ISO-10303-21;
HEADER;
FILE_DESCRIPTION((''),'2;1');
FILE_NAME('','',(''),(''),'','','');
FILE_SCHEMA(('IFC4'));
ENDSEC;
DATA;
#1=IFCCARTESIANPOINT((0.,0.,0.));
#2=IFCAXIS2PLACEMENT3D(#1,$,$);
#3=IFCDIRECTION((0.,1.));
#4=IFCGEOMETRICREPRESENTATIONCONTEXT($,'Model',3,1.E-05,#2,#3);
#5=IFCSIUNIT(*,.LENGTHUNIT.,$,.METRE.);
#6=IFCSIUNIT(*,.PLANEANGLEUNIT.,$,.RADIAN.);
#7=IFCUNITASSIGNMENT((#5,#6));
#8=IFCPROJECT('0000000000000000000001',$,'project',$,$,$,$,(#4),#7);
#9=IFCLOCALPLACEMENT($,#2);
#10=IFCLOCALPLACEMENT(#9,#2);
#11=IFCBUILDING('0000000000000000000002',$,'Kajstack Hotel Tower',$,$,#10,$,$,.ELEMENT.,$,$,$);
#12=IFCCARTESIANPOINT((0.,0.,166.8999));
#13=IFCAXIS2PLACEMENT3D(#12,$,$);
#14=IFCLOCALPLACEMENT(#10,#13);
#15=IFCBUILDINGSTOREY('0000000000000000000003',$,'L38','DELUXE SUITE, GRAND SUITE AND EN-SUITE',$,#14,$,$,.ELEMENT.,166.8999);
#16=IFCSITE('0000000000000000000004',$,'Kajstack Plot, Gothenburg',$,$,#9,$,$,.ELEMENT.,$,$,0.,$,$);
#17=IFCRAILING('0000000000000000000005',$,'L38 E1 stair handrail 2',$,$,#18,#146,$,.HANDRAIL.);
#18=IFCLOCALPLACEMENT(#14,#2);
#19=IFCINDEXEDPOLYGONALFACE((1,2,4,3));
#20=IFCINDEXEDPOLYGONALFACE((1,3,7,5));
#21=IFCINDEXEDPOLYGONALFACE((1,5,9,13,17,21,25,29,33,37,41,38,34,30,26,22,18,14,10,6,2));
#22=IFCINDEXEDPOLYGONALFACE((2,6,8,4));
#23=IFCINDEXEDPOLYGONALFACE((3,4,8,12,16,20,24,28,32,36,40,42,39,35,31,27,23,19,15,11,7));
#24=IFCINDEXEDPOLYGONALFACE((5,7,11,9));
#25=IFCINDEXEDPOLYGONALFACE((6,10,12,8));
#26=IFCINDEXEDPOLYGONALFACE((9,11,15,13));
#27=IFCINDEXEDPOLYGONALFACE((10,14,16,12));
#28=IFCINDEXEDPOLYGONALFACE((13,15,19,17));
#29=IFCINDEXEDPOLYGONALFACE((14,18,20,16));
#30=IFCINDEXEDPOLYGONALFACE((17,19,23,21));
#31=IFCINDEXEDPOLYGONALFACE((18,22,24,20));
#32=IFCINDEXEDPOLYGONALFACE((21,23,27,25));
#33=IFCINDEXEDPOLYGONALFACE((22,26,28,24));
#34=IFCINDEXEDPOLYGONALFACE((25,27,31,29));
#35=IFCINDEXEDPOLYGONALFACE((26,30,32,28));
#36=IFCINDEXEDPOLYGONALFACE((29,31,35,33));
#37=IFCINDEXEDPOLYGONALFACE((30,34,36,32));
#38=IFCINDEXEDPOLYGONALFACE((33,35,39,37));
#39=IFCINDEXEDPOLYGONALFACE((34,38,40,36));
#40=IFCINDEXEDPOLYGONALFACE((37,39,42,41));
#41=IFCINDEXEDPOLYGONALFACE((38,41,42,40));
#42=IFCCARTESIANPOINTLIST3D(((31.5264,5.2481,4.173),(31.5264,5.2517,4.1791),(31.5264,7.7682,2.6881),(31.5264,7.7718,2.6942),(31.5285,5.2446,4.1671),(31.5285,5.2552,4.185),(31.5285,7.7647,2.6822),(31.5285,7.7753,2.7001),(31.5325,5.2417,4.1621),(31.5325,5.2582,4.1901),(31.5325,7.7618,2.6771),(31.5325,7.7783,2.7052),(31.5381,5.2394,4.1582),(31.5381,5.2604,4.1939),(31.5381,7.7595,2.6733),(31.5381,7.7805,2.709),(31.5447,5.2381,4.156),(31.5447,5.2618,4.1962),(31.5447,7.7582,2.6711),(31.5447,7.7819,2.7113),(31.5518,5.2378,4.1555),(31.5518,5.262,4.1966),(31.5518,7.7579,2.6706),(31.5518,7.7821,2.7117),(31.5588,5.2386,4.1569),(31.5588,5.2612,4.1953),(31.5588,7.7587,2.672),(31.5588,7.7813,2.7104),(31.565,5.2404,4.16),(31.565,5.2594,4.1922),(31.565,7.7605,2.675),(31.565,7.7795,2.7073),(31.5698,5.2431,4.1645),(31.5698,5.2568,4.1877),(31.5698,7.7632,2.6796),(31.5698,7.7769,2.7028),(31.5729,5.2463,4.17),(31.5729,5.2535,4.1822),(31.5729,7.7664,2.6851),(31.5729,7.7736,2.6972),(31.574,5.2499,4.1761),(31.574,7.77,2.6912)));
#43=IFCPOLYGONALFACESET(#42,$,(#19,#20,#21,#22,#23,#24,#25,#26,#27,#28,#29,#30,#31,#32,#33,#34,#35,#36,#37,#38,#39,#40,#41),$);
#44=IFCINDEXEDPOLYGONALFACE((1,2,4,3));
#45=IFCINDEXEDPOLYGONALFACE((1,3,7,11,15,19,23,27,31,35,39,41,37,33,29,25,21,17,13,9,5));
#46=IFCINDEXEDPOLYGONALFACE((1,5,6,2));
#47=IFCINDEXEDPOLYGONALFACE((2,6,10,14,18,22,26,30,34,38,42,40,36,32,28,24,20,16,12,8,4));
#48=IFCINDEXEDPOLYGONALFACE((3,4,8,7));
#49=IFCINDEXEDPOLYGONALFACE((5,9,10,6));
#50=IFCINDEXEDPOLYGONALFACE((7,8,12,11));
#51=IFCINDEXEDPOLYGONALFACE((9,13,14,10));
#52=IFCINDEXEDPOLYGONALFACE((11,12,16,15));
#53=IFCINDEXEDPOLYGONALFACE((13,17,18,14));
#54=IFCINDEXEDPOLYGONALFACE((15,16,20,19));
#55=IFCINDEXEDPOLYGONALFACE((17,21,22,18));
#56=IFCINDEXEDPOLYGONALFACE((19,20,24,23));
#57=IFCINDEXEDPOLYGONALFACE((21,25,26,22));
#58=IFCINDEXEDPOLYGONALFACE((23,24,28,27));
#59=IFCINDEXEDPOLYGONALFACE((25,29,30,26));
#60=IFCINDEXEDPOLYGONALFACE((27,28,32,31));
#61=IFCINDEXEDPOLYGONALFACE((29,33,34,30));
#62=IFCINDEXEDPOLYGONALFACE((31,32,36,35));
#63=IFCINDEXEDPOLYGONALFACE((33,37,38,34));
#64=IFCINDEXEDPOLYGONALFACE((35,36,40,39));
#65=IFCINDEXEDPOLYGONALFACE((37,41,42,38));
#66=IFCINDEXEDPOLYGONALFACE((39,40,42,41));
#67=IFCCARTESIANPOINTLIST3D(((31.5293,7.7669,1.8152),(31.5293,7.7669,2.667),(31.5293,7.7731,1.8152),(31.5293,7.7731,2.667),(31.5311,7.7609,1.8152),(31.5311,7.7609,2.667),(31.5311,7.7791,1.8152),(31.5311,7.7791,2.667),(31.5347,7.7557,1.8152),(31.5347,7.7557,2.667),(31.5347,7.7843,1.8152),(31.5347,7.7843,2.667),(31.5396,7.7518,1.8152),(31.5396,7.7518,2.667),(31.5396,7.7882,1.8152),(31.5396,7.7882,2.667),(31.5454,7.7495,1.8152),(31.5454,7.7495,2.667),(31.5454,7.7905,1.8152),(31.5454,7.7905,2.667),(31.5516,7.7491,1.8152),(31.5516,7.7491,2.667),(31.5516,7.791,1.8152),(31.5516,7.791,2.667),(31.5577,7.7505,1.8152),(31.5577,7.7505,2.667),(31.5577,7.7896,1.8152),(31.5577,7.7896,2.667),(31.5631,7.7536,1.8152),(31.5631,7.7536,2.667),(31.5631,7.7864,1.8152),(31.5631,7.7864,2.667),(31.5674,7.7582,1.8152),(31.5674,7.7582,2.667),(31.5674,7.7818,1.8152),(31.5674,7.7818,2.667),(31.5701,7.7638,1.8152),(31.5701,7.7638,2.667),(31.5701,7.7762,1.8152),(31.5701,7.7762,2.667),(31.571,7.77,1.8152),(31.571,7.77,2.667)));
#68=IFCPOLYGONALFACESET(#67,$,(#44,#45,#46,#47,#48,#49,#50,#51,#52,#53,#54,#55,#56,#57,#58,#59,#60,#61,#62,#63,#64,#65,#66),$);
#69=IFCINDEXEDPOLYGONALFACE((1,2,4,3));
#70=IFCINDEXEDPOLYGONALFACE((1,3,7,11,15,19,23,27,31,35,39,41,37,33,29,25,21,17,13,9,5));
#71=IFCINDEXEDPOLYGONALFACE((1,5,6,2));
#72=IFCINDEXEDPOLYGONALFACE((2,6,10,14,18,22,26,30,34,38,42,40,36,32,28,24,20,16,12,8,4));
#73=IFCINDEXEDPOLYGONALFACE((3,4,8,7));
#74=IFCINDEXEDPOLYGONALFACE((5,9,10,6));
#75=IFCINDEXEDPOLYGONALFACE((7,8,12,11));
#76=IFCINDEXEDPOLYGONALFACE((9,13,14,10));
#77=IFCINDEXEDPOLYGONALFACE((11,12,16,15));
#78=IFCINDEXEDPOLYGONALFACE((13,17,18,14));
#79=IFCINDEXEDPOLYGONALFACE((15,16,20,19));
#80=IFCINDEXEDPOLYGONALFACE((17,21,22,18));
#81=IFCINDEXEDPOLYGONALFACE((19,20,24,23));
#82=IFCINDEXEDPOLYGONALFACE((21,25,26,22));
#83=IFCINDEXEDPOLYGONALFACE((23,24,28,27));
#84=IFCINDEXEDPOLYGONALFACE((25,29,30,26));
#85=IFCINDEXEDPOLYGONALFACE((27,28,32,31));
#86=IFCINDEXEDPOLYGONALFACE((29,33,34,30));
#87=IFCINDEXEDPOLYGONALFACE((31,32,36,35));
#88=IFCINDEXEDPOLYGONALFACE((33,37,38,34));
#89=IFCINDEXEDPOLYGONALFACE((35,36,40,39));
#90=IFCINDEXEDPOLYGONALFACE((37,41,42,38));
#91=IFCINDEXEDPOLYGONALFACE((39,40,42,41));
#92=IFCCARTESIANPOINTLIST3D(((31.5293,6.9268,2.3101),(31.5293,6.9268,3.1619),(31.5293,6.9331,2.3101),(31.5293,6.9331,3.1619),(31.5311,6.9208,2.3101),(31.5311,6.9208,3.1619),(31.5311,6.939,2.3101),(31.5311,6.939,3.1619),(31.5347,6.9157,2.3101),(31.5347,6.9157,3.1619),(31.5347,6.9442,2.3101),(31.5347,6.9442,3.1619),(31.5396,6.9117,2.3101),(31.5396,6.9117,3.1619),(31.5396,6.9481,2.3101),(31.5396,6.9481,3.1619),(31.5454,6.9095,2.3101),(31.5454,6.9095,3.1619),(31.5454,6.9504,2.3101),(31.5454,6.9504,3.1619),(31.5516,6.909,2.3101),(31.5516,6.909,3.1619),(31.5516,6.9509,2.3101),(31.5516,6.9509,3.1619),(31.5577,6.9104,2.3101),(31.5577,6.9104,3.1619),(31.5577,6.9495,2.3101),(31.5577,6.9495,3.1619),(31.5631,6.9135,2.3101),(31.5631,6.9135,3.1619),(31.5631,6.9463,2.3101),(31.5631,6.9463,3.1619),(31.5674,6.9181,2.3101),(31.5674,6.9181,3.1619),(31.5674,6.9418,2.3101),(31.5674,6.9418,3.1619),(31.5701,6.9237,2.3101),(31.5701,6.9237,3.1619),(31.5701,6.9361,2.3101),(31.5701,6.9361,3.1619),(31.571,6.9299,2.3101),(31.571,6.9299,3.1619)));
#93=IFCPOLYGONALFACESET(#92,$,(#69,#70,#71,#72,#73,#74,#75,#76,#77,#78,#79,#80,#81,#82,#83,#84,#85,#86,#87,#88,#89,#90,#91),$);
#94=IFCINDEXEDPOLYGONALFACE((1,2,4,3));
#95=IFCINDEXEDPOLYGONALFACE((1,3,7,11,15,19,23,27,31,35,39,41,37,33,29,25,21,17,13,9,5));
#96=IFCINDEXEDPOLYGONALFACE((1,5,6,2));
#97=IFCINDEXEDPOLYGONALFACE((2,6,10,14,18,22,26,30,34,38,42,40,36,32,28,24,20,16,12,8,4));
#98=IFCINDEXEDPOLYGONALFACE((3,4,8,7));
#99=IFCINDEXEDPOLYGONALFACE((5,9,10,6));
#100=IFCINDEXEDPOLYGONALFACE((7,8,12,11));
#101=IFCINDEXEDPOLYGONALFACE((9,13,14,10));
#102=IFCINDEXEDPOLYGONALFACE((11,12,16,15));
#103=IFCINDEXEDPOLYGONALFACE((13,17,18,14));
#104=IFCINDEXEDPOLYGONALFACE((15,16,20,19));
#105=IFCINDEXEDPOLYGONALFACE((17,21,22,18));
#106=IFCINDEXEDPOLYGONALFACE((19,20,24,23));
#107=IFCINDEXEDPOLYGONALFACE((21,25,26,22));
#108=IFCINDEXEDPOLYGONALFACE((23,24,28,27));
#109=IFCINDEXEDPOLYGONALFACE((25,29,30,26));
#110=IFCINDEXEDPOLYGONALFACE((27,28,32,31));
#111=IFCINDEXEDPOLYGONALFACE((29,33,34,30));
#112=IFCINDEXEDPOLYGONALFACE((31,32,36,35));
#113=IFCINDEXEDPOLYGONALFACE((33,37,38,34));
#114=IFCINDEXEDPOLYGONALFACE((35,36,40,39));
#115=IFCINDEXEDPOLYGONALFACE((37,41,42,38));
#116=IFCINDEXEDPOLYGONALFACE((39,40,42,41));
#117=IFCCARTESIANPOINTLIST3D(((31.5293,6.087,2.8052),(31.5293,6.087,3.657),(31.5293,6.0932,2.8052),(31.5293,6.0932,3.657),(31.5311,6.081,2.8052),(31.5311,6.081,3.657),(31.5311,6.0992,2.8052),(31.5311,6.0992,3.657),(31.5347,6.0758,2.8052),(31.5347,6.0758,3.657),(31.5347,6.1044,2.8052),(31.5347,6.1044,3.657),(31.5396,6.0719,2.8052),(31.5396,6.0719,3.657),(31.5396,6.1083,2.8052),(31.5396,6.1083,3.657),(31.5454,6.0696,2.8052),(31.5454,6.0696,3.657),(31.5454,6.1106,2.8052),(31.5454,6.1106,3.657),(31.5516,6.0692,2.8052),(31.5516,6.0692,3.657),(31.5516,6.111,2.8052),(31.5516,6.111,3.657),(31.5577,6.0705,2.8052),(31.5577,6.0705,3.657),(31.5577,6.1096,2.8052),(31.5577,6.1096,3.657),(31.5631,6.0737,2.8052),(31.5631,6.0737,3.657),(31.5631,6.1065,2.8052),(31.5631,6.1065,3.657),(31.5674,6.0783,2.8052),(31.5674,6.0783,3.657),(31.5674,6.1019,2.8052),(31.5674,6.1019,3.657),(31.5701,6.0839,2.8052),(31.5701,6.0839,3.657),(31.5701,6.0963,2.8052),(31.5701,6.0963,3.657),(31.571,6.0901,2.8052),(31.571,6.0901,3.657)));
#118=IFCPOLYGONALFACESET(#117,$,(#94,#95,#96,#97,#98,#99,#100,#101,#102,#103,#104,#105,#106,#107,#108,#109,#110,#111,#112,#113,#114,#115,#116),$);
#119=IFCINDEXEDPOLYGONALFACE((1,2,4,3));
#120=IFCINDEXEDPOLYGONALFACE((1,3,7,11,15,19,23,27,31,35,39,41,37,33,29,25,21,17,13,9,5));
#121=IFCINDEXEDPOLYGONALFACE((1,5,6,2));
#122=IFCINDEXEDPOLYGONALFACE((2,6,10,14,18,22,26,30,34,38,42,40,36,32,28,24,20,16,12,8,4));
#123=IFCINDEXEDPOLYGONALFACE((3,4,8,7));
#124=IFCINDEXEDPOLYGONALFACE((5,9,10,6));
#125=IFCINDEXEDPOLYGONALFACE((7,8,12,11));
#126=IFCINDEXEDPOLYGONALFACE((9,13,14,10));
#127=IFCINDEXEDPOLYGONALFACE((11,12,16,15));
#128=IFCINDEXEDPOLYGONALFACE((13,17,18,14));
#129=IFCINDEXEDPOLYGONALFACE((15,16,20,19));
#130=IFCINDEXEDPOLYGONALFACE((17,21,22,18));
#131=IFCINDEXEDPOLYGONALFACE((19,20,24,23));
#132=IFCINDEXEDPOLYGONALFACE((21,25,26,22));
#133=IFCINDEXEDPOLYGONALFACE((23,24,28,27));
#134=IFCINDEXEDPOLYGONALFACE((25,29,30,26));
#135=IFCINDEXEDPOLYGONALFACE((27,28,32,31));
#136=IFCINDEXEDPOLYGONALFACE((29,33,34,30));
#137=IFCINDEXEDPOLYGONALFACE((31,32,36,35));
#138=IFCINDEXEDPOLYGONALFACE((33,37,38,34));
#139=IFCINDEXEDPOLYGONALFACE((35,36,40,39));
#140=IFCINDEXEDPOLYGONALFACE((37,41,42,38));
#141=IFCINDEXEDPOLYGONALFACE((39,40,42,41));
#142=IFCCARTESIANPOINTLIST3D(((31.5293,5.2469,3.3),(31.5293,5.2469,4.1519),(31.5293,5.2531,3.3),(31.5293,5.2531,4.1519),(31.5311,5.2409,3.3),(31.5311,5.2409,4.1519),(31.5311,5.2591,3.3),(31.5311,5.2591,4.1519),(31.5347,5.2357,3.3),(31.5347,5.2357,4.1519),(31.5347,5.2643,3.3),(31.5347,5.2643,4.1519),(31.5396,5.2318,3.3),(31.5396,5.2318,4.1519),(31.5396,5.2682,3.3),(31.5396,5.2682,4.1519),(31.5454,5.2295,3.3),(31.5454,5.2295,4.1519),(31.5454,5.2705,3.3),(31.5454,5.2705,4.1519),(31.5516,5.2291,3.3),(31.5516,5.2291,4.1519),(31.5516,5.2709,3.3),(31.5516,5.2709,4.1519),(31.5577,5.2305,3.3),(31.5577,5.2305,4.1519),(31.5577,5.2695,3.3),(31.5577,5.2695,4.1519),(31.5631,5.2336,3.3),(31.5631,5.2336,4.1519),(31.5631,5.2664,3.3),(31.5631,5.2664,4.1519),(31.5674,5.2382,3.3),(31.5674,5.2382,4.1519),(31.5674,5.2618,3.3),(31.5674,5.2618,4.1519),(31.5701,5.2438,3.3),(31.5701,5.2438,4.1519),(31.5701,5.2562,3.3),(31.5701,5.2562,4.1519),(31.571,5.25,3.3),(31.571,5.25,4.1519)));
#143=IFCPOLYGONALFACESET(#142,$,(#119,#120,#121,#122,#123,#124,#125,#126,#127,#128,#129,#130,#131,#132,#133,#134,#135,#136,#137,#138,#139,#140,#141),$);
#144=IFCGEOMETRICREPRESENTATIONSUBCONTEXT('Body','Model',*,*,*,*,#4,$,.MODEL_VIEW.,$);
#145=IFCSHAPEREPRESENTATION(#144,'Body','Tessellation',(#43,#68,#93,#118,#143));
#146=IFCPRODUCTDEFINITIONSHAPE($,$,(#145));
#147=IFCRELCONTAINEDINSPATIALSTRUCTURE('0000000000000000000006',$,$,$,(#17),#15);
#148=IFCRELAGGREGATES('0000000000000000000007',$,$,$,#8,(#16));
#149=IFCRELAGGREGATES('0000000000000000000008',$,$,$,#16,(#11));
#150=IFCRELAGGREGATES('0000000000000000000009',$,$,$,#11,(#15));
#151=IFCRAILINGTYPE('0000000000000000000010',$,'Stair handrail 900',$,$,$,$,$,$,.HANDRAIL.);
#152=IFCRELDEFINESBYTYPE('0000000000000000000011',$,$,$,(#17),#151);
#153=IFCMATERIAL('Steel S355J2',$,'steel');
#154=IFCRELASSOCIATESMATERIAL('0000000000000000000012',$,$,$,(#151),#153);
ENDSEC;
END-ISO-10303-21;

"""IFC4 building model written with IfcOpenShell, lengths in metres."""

from ifc_helpers import new_model, si_unit, direction, frame, origin, origin_2d, place, context, subcontext, project, spatial, circle, extrude, material, type_object, element, save


model = new_model("IFC4")

# Units and contexts
model_context = context("Model", 3, precision=1e-05, world=origin(), true_north=direction((0.0, 1.0)))
body_context = subcontext(model_context, "Body", "Model", "MODEL_VIEW")
ifc_project = project(units=[si_unit("LENGTHUNIT", "METRE"), si_unit("PLANEANGLEUNIT", "RADIAN")], contexts=[model_context])

# Site, building, storey
site_placement = place(None, origin())
site = spatial("IfcSite", under=ifc_project, at=site_placement, Name="Kajstack Plot, Gothenburg", CompositionType="ELEMENT", RefElevation=0.0)
building_placement = place(site_placement, origin())
building = spatial("IfcBuilding", under=site, at=building_placement, Name="Kajstack Hotel Tower", CompositionType="ELEMENT")
storey_placement = place(building_placement, frame((0.0, 0.0, 166.8999)))
storey = spatial("IfcBuildingStorey", under=building, at=storey_placement, Name="L38", Description="DELUXE SUITE, GRAND SUITE AND EN-SUITE", CompositionType="ELEMENT", Elevation=166.8999)

# Railing
ifc_material_1 = material(Name="Steel S355J2", Category="steel")
railing_type_1 = type_object("IfcRailingType", Name="Stair handrail 900", PredefinedType="HANDRAIL", material=ifc_material_1)
railing_1_placement = place(storey_placement, frame((31.55, 7.77, 1.8152)))
element("IfcRailing", 1, at=railing_1_placement, inside=storey, type_object=railing_type_1, Name="L38 E1 stair handrail 2", PredefinedType="HANDRAIL", context=body_context, shape_type="SweptSolid", body=[
    extrude(circle(Radius=0.0239, at=origin_2d()), frame((0.0, 0.0, 0.876), z_axis=(0.0, -0.861561, 0.507655), x_axis=(1.0, 0.0, 0.0)), (0.0, 0.0, 1.0), 2.925),
    extrude(circle(Radius=0.021, at=origin_2d()), origin(), (0.0, 0.0, 1.0), 0.8518),
    extrude(circle(Radius=0.021, at=origin_2d()), frame((0.0, -0.8401, 0.4949)), (0.0, 0.0, 1.0), 0.8518),
    extrude(circle(Radius=0.021, at=origin_2d()), frame((0.0, -1.6799, 0.99)), (0.0, 0.0, 1.0), 0.8518),
    extrude(circle(Radius=0.021, at=origin_2d()), frame((0.0, -2.52, 1.4849)), (0.0, 0.0, 1.0), 0.8518),
])

save(model, "model.ifc")
